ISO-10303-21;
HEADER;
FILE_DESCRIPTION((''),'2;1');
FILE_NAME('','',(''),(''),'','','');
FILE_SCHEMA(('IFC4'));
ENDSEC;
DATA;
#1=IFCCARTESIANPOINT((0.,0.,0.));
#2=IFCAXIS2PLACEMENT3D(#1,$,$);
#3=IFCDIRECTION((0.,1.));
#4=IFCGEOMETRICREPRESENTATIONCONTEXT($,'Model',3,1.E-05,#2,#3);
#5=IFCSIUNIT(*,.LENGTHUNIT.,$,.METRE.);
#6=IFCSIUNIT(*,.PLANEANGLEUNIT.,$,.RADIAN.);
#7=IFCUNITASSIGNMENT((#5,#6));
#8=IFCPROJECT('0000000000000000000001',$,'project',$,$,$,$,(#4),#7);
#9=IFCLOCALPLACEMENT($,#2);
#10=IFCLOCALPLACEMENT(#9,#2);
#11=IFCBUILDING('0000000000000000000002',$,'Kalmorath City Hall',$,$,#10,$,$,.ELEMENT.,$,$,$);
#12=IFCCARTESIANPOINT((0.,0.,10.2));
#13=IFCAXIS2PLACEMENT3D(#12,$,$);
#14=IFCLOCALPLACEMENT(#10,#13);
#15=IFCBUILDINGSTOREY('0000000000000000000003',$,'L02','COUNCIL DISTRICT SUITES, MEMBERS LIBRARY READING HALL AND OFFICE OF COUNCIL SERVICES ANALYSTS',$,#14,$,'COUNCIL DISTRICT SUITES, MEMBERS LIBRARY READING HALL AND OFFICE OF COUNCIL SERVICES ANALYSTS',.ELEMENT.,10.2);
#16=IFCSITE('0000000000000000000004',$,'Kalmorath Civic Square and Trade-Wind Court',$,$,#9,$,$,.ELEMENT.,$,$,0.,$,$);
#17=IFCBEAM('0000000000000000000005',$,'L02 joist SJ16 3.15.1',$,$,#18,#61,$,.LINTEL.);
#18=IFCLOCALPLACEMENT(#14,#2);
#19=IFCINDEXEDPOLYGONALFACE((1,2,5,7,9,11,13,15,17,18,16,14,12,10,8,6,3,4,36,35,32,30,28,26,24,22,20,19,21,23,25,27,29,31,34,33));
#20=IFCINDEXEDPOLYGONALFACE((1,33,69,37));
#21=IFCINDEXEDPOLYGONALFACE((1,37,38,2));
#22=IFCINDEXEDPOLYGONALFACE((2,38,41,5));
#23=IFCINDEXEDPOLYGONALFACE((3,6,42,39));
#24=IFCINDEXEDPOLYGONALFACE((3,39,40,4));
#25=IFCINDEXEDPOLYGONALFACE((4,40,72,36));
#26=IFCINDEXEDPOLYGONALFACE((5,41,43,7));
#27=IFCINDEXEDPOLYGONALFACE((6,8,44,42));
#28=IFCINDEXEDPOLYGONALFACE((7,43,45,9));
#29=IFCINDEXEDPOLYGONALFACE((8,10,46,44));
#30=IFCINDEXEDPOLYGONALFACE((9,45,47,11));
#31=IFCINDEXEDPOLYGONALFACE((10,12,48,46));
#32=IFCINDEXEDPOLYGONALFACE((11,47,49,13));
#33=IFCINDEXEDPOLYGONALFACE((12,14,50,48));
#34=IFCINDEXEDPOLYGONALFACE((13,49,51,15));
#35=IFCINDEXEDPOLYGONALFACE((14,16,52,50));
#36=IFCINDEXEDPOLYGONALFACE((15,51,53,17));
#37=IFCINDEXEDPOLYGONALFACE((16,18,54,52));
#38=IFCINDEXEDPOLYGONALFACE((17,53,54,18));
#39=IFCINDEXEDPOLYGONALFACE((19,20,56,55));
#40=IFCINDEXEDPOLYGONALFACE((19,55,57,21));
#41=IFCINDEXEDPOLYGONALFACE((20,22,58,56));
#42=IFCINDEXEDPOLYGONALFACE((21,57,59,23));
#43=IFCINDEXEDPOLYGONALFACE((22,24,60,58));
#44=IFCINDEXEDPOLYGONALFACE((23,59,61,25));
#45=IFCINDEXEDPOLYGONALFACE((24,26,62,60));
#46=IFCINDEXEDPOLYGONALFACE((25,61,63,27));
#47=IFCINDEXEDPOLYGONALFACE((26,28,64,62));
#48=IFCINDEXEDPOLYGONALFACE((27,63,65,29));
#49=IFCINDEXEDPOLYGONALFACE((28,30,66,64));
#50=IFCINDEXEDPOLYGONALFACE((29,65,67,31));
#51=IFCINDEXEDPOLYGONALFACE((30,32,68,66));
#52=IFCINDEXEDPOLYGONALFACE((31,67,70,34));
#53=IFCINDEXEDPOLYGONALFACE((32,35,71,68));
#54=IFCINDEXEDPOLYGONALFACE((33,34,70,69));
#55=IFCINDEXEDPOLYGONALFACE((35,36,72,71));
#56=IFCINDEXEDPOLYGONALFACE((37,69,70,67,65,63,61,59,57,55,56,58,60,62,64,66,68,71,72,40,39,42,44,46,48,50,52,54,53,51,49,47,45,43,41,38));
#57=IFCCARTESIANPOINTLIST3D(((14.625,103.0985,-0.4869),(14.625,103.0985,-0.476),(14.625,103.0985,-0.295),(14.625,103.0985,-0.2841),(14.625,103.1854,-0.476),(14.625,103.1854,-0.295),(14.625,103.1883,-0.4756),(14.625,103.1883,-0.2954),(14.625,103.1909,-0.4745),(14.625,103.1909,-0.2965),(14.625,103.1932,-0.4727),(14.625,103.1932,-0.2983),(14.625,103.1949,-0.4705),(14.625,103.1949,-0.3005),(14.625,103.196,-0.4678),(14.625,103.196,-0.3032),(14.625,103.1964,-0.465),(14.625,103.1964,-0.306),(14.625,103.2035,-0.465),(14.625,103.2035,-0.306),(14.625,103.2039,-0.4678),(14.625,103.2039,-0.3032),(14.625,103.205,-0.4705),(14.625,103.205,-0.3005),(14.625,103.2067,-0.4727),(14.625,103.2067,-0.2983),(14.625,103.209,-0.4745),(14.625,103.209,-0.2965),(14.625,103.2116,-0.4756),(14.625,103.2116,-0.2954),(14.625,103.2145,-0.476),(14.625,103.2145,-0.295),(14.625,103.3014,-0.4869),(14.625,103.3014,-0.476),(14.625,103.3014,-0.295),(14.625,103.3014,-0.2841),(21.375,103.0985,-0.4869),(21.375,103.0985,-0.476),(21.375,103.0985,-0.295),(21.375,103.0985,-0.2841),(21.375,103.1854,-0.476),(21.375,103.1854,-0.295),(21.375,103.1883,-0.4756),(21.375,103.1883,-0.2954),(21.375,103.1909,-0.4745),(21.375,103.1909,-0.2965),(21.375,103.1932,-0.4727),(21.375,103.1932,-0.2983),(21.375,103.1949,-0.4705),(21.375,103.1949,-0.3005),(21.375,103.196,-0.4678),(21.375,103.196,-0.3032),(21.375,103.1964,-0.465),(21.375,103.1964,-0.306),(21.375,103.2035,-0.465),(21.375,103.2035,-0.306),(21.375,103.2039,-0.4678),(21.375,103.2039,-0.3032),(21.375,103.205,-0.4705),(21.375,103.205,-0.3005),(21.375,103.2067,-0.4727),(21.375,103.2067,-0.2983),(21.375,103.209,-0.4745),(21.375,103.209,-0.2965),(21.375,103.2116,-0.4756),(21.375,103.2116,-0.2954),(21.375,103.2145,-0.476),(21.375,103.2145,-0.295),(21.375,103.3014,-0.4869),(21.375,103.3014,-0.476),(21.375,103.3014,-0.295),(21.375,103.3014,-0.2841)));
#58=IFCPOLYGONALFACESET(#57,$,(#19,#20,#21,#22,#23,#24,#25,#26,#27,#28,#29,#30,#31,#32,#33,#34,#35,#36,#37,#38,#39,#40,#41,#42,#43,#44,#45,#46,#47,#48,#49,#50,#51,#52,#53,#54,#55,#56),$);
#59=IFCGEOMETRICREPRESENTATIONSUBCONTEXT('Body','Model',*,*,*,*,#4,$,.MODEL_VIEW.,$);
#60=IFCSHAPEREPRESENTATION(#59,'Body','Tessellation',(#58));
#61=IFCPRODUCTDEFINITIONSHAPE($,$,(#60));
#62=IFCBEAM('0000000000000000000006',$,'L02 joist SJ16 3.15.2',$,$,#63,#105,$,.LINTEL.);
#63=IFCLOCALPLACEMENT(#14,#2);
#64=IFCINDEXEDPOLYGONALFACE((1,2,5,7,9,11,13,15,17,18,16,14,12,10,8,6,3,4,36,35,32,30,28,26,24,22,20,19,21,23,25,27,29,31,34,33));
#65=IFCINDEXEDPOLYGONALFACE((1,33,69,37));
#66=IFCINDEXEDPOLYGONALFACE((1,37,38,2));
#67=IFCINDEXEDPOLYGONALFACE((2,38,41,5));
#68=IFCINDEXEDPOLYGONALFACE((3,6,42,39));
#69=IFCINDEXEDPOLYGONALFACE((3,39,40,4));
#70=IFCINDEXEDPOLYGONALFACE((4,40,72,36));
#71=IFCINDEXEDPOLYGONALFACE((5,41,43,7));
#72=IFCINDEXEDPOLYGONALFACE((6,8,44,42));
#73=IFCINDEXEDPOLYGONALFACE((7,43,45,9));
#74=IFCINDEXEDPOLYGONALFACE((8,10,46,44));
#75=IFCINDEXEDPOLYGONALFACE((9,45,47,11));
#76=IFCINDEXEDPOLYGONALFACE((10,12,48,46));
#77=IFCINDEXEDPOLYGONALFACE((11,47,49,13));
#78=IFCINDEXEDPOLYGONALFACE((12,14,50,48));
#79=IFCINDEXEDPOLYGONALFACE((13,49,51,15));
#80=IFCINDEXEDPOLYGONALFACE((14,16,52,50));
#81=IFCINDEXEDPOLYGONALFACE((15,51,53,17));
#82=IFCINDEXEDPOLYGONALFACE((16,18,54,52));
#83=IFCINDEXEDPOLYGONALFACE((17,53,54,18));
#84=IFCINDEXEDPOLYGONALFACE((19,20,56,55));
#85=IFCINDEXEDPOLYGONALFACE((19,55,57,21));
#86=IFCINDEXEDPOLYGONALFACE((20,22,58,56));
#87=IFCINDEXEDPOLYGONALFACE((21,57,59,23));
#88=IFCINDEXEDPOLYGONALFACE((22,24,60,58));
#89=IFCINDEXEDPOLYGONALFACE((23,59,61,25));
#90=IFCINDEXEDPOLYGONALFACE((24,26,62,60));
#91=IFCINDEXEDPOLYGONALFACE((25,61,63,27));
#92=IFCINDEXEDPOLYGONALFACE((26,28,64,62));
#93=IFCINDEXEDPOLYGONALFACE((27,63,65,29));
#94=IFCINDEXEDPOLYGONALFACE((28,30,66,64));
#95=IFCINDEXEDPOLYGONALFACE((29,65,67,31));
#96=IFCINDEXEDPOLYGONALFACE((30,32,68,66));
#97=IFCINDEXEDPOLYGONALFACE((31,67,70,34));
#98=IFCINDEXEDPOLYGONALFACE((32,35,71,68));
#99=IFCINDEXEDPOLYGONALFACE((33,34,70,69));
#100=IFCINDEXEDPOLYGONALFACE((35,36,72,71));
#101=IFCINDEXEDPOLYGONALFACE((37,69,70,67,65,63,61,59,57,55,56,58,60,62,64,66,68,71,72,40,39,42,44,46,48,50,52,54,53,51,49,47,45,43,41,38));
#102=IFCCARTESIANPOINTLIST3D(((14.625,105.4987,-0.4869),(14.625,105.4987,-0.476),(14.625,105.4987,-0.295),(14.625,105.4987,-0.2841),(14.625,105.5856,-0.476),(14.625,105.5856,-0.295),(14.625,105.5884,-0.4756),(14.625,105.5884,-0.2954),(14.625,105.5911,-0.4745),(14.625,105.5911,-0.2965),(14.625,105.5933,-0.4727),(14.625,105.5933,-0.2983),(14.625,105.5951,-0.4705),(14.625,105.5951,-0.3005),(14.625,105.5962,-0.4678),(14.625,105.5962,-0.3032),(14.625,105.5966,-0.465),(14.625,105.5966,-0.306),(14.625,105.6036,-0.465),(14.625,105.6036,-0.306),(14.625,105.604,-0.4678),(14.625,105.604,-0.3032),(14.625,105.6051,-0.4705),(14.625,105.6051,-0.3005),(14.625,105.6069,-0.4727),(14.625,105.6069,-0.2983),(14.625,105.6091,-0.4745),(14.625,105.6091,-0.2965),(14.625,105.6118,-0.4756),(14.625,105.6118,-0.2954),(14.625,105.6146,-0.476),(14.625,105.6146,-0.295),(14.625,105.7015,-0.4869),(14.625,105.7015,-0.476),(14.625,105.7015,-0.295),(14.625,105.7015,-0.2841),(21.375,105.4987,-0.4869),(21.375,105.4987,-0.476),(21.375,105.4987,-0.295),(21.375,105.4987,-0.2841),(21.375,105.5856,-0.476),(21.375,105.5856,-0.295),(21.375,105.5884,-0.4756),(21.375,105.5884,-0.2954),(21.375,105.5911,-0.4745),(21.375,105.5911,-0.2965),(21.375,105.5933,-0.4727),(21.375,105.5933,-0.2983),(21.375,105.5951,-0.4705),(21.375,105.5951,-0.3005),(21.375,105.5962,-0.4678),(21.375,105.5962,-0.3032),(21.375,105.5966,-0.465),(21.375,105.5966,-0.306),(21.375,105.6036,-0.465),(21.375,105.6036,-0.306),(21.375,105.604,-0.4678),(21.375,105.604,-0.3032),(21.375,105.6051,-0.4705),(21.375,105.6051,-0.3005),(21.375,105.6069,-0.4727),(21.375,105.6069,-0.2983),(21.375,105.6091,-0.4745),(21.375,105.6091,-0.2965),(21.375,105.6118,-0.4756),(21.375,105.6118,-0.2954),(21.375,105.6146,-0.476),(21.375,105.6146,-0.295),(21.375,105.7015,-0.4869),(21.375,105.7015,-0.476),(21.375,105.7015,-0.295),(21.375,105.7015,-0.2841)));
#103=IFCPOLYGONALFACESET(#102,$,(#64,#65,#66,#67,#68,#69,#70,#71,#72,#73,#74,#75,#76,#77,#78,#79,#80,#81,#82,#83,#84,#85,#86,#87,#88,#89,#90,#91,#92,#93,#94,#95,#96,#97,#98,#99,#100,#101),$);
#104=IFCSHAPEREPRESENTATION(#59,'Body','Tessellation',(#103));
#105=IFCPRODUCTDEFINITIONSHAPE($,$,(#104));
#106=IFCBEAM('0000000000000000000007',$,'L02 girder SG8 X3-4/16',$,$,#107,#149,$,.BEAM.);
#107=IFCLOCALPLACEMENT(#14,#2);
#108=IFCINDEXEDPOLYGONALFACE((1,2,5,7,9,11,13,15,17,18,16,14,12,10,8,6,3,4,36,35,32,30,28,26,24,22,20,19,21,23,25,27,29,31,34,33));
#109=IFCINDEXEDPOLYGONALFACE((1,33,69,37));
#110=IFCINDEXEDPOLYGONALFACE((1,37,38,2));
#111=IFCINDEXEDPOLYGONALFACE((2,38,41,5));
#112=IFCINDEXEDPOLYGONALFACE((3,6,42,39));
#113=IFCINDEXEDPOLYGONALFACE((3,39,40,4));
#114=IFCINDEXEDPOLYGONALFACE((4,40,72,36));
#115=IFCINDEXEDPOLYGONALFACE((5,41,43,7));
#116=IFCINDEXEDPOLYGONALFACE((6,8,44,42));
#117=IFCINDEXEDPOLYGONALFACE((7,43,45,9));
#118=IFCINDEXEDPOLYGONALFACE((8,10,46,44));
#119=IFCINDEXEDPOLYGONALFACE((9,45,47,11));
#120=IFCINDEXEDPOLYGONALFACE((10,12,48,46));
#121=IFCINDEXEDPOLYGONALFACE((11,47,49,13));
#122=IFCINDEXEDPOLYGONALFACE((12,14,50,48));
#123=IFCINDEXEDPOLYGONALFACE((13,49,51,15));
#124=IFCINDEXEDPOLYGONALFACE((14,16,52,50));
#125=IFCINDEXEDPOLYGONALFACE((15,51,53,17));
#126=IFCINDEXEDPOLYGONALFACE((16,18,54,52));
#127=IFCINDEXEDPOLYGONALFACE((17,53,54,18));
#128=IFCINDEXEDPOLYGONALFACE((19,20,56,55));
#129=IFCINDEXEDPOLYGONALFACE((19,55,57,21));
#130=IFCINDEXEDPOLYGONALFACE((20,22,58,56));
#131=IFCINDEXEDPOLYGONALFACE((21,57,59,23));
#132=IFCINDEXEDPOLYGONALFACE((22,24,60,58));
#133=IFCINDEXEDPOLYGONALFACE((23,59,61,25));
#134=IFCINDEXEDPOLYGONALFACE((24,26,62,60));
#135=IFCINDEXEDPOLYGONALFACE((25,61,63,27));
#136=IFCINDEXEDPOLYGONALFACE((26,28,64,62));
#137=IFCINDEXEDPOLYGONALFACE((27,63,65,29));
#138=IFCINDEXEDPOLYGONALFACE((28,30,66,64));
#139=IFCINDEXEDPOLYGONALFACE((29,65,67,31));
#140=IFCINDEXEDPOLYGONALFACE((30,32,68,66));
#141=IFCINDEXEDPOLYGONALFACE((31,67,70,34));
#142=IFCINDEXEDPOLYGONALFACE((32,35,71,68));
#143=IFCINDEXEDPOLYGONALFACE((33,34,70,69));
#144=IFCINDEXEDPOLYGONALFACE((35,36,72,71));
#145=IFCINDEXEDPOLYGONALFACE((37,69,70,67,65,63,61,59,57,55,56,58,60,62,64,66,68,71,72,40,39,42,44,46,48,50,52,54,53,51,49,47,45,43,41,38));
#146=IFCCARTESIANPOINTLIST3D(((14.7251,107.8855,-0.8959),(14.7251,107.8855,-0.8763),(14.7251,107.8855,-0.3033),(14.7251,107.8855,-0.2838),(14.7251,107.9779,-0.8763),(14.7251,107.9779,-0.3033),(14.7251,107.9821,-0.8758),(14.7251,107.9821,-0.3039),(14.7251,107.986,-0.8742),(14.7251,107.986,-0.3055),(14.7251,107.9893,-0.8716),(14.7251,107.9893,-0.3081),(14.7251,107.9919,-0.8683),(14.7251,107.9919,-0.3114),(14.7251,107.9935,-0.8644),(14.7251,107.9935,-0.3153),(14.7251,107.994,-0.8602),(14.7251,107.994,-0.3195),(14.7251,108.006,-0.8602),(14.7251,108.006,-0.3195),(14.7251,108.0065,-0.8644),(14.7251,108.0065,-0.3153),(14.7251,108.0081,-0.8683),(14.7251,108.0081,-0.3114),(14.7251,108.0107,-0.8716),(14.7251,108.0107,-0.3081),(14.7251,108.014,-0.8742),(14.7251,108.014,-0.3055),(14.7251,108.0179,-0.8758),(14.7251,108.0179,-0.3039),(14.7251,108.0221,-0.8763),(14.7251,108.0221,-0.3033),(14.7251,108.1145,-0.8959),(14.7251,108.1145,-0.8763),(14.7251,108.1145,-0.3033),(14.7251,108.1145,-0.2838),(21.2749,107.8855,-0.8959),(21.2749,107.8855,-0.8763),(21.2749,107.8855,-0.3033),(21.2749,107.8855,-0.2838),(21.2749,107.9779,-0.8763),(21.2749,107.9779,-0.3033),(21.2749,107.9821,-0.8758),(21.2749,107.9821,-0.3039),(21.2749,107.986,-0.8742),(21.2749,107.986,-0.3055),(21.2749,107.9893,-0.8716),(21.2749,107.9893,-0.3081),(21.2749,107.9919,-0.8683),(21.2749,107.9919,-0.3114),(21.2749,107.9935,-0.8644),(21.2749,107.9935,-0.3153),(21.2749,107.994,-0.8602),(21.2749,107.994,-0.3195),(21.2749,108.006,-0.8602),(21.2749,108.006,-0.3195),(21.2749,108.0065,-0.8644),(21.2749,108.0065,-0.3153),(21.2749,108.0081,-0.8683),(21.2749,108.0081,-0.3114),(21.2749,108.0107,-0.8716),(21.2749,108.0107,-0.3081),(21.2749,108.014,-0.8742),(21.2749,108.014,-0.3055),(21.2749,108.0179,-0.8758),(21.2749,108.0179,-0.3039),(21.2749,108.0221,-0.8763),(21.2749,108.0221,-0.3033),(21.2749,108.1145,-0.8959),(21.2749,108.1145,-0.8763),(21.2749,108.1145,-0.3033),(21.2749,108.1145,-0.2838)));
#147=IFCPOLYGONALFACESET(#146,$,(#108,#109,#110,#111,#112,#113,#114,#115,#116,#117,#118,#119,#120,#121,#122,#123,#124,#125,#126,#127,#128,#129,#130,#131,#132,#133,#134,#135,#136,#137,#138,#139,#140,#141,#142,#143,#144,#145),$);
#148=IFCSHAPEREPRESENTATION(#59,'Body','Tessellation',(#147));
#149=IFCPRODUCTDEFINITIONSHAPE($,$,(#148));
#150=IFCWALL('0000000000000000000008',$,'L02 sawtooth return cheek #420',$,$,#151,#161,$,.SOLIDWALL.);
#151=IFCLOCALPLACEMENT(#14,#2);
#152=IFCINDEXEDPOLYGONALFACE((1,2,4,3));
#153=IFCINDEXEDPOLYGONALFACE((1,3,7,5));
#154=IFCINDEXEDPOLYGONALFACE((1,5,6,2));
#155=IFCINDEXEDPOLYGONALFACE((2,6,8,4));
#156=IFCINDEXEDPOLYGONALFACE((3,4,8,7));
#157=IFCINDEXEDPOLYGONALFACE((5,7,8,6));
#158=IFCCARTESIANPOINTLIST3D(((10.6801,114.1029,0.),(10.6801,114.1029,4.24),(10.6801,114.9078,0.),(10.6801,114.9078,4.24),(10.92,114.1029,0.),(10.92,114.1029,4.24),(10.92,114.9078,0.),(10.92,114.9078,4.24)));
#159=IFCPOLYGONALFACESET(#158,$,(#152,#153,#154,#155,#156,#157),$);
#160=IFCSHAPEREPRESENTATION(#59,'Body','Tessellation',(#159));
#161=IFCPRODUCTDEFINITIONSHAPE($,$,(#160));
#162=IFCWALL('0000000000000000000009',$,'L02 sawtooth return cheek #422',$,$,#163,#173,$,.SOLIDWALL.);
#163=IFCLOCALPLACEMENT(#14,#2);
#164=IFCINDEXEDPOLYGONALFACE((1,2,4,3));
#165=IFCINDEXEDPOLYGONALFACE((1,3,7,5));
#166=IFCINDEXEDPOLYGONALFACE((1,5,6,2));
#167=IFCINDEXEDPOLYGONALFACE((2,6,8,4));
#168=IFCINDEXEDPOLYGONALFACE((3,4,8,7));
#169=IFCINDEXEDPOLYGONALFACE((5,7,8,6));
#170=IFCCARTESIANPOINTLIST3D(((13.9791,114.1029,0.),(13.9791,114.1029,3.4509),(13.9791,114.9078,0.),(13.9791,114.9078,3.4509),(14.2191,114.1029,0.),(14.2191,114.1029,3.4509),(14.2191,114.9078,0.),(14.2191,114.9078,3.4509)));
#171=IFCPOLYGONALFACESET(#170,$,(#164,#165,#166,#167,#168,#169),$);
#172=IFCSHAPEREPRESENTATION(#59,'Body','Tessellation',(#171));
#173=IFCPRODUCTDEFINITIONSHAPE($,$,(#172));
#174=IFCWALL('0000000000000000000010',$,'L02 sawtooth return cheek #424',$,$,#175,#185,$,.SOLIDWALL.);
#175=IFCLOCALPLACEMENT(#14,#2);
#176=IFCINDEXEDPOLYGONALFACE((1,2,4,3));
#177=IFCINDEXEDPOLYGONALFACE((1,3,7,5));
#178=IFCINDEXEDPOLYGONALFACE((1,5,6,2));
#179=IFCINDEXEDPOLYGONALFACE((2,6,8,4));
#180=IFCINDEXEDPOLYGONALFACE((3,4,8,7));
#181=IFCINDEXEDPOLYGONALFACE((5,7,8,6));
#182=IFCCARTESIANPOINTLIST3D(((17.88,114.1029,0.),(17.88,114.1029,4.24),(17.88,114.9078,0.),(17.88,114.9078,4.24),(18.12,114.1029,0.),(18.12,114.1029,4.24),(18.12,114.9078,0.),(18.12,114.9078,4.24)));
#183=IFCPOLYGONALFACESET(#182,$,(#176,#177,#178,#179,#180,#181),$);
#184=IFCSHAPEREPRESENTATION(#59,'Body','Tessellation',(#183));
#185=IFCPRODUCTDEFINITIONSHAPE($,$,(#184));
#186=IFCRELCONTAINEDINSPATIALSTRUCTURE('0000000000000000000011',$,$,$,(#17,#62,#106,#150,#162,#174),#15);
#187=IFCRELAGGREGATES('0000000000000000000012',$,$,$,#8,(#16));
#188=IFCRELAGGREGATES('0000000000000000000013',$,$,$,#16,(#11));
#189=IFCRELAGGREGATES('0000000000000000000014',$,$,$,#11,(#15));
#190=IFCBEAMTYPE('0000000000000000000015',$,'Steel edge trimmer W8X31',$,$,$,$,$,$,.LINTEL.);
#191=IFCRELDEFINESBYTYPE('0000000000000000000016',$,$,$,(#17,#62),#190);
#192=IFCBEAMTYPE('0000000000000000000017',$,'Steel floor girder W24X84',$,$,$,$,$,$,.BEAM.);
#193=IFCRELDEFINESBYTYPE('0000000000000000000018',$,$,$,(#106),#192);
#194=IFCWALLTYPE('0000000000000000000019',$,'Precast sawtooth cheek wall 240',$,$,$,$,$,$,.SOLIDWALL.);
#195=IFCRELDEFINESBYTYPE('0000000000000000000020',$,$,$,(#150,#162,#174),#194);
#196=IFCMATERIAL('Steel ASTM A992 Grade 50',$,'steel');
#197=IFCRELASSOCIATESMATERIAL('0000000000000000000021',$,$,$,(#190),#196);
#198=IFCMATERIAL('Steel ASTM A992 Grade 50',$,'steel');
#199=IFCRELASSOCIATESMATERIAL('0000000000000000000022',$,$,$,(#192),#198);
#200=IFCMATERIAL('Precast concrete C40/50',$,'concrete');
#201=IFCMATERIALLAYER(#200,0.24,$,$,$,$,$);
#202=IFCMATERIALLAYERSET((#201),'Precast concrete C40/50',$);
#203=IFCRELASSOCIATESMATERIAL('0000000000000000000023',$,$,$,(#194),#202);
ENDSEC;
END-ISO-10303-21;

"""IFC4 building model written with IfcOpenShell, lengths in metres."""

from ifc_helpers import new_model, si_unit, direction, frame, frame_2d, origin, origin_2d, place, context, subcontext, project, spatial, rectangle, i_section, extrude, material, layer, layer_set, material_profile, profile_set, type_object, element, save


model = new_model("IFC4")

# Units and contexts
model_context = context("Model", 3, precision=1e-05, world=origin(), true_north=direction((0.0, 1.0)))
body_context = subcontext(model_context, "Body", "Model", "MODEL_VIEW")
ifc_project = project(units=[si_unit("LENGTHUNIT", "METRE"), si_unit("PLANEANGLEUNIT", "RADIAN")], contexts=[model_context])

# Site, building, storey
site_placement = place(None, origin())
site = spatial("IfcSite", under=ifc_project, at=site_placement, Name="Kalmorath Civic Square and Trade-Wind Court", CompositionType="ELEMENT", RefElevation=0.0)
building_placement = place(site_placement, origin())
building = spatial("IfcBuilding", under=site, at=building_placement, Name="Kalmorath City Hall", CompositionType="ELEMENT")
storey_placement = place(building_placement, frame((0.0, 0.0, 10.2)))
storey = spatial("IfcBuildingStorey", under=building, at=storey_placement, Name="L02", Description="COUNCIL DISTRICT SUITES, MEMBERS LIBRARY READING HALL AND OFFICE OF COUNCIL SERVICES ANALYSTS", LongName="COUNCIL DISTRICT SUITES, MEMBERS LIBRARY READING HALL AND OFFICE OF COUNCIL SERVICES ANALYSTS", CompositionType="ELEMENT", Elevation=10.2)

# Beams
ifc_material_1 = material(Name="Steel ASTM A992 Grade 50", Category="steel")
ifc_material_profile_1 = material_profile(ifc_material_1, i_section(OverallWidth=0.2029, OverallDepth=0.2029, WebThickness=0.0071, FlangeThickness=0.011, FilletRadius=0.011, at=origin_2d()), Name="W8X31")
ifc_profile_set_1 = profile_set([ifc_material_profile_1], Name="Steel ASTM A992 Grade 50")
beam_type_1 = type_object("IfcBeamType", Name="Steel edge trimmer W8X31", PredefinedType="LINTEL", material=ifc_profile_set_1)
for number, where, z_axis, x_axis, name in (
    (1, (14.625, 103.2, -0.3855), (1.0, 0.0, 0.0), (0.0, 1.0, 0.0), "L02 joist SJ16 3.15.1"),
    (2, (14.625, 105.6001, -0.3855), (1.0, 0.0, 0.0), (0.0, 1.0, 0.0), "L02 joist SJ16 3.15.2"),
):
    element("IfcBeam", number, at=place(storey_placement, frame(where, z_axis=z_axis, x_axis=x_axis)), inside=storey, type_object=beam_type_1, Name=name, PredefinedType="LINTEL", context=body_context, shape_type="SweptSolid", body=[
        extrude(i_section(OverallWidth=0.2029, OverallDepth=0.2029, WebThickness=0.0071, FlangeThickness=0.011, FilletRadius=0.011, at=origin_2d()), origin(), (0.0, 0.0, 1.0), 6.75),
    ])
ifc_material_2 = material(Name="Steel ASTM A992 Grade 50", Category="steel")
ifc_material_profile_2 = material_profile(ifc_material_2, i_section(OverallWidth=0.229, OverallDepth=0.6121, WebThickness=0.012, FlangeThickness=0.0195, FilletRadius=0.0161, at=origin_2d()), Name="W24X84")
ifc_profile_set_2 = profile_set([ifc_material_profile_2], Name="Steel ASTM A992 Grade 50")
beam_type_2 = type_object("IfcBeamType", Name="Steel floor girder W24X84", PredefinedType="BEAM", material=ifc_profile_set_2)
beam_1_placement = place(storey_placement, frame((14.7251, 108.0, -0.5898), z_axis=(1.0, 0.0, 0.0), x_axis=(0.0, 1.0, 0.0)))
element("IfcBeam", 3, at=beam_1_placement, inside=storey, type_object=beam_type_2, Name="L02 girder SG8 X3-4/16", PredefinedType="BEAM", context=body_context, shape_type="SweptSolid", body=[
    extrude(i_section(OverallWidth=0.229, OverallDepth=0.6121, WebThickness=0.012, FlangeThickness=0.0195, FilletRadius=0.0161, at=origin_2d()), origin(), (0.0, 0.0, 1.0), 6.5498),
])

# Walls
ifc_material_3 = material(Name="Precast concrete C40/50", Category="concrete")
ifc_layer_1 = layer(ifc_material_3, 0.24)
ifc_layer_set_1 = layer_set([ifc_layer_1], Name="Precast concrete C40/50")
wall_type_1 = type_object("IfcWallType", Name="Precast sawtooth cheek wall 240", PredefinedType="SOLIDWALL", material=ifc_layer_set_1)
wall_1_placement = place(storey_placement, frame((10.8, 114.103, 0.0), z_axis=(0.0, 0.0, 1.0), x_axis=(0.0, 1.0, 0.0)))
element("IfcWall", 4, at=wall_1_placement, inside=storey, type_object=wall_type_1, Name="L02 sawtooth return cheek #420", PredefinedType="SOLIDWALL", context=body_context, shape_type="SweptSolid", body=[
    extrude(rectangle(XDim=0.8049, YDim=0.24, at=frame_2d((0.4023, 0.0))), origin(), (0.0, 0.0, 1.0), 4.24),
])
wall_2_placement = place(storey_placement, frame((14.0991, 114.103, 0.0), z_axis=(0.0, 0.0, 1.0), x_axis=(0.0, 1.0, 0.0)))
element("IfcWall", 5, at=wall_2_placement, inside=storey, type_object=wall_type_1, Name="L02 sawtooth return cheek #422", PredefinedType="SOLIDWALL", context=body_context, shape_type="SweptSolid", body=[
    extrude(rectangle(XDim=0.8049, YDim=0.24, at=frame_2d((0.4023, 0.0))), origin(), (0.0, 0.0, 1.0), 3.4509),
])
wall_3_placement = place(storey_placement, frame((18.0, 114.103, 0.0), z_axis=(0.0, 0.0, 1.0), x_axis=(0.0, 1.0, 0.0)))
element("IfcWall", 6, at=wall_3_placement, inside=storey, type_object=wall_type_1, Name="L02 sawtooth return cheek #424", PredefinedType="SOLIDWALL", context=body_context, shape_type="SweptSolid", body=[
    extrude(rectangle(XDim=0.8049, YDim=0.24, at=frame_2d((0.4023, 0.0))), origin(), (0.0, 0.0, 1.0), 4.24),
])

save(model, "model.ifc")
